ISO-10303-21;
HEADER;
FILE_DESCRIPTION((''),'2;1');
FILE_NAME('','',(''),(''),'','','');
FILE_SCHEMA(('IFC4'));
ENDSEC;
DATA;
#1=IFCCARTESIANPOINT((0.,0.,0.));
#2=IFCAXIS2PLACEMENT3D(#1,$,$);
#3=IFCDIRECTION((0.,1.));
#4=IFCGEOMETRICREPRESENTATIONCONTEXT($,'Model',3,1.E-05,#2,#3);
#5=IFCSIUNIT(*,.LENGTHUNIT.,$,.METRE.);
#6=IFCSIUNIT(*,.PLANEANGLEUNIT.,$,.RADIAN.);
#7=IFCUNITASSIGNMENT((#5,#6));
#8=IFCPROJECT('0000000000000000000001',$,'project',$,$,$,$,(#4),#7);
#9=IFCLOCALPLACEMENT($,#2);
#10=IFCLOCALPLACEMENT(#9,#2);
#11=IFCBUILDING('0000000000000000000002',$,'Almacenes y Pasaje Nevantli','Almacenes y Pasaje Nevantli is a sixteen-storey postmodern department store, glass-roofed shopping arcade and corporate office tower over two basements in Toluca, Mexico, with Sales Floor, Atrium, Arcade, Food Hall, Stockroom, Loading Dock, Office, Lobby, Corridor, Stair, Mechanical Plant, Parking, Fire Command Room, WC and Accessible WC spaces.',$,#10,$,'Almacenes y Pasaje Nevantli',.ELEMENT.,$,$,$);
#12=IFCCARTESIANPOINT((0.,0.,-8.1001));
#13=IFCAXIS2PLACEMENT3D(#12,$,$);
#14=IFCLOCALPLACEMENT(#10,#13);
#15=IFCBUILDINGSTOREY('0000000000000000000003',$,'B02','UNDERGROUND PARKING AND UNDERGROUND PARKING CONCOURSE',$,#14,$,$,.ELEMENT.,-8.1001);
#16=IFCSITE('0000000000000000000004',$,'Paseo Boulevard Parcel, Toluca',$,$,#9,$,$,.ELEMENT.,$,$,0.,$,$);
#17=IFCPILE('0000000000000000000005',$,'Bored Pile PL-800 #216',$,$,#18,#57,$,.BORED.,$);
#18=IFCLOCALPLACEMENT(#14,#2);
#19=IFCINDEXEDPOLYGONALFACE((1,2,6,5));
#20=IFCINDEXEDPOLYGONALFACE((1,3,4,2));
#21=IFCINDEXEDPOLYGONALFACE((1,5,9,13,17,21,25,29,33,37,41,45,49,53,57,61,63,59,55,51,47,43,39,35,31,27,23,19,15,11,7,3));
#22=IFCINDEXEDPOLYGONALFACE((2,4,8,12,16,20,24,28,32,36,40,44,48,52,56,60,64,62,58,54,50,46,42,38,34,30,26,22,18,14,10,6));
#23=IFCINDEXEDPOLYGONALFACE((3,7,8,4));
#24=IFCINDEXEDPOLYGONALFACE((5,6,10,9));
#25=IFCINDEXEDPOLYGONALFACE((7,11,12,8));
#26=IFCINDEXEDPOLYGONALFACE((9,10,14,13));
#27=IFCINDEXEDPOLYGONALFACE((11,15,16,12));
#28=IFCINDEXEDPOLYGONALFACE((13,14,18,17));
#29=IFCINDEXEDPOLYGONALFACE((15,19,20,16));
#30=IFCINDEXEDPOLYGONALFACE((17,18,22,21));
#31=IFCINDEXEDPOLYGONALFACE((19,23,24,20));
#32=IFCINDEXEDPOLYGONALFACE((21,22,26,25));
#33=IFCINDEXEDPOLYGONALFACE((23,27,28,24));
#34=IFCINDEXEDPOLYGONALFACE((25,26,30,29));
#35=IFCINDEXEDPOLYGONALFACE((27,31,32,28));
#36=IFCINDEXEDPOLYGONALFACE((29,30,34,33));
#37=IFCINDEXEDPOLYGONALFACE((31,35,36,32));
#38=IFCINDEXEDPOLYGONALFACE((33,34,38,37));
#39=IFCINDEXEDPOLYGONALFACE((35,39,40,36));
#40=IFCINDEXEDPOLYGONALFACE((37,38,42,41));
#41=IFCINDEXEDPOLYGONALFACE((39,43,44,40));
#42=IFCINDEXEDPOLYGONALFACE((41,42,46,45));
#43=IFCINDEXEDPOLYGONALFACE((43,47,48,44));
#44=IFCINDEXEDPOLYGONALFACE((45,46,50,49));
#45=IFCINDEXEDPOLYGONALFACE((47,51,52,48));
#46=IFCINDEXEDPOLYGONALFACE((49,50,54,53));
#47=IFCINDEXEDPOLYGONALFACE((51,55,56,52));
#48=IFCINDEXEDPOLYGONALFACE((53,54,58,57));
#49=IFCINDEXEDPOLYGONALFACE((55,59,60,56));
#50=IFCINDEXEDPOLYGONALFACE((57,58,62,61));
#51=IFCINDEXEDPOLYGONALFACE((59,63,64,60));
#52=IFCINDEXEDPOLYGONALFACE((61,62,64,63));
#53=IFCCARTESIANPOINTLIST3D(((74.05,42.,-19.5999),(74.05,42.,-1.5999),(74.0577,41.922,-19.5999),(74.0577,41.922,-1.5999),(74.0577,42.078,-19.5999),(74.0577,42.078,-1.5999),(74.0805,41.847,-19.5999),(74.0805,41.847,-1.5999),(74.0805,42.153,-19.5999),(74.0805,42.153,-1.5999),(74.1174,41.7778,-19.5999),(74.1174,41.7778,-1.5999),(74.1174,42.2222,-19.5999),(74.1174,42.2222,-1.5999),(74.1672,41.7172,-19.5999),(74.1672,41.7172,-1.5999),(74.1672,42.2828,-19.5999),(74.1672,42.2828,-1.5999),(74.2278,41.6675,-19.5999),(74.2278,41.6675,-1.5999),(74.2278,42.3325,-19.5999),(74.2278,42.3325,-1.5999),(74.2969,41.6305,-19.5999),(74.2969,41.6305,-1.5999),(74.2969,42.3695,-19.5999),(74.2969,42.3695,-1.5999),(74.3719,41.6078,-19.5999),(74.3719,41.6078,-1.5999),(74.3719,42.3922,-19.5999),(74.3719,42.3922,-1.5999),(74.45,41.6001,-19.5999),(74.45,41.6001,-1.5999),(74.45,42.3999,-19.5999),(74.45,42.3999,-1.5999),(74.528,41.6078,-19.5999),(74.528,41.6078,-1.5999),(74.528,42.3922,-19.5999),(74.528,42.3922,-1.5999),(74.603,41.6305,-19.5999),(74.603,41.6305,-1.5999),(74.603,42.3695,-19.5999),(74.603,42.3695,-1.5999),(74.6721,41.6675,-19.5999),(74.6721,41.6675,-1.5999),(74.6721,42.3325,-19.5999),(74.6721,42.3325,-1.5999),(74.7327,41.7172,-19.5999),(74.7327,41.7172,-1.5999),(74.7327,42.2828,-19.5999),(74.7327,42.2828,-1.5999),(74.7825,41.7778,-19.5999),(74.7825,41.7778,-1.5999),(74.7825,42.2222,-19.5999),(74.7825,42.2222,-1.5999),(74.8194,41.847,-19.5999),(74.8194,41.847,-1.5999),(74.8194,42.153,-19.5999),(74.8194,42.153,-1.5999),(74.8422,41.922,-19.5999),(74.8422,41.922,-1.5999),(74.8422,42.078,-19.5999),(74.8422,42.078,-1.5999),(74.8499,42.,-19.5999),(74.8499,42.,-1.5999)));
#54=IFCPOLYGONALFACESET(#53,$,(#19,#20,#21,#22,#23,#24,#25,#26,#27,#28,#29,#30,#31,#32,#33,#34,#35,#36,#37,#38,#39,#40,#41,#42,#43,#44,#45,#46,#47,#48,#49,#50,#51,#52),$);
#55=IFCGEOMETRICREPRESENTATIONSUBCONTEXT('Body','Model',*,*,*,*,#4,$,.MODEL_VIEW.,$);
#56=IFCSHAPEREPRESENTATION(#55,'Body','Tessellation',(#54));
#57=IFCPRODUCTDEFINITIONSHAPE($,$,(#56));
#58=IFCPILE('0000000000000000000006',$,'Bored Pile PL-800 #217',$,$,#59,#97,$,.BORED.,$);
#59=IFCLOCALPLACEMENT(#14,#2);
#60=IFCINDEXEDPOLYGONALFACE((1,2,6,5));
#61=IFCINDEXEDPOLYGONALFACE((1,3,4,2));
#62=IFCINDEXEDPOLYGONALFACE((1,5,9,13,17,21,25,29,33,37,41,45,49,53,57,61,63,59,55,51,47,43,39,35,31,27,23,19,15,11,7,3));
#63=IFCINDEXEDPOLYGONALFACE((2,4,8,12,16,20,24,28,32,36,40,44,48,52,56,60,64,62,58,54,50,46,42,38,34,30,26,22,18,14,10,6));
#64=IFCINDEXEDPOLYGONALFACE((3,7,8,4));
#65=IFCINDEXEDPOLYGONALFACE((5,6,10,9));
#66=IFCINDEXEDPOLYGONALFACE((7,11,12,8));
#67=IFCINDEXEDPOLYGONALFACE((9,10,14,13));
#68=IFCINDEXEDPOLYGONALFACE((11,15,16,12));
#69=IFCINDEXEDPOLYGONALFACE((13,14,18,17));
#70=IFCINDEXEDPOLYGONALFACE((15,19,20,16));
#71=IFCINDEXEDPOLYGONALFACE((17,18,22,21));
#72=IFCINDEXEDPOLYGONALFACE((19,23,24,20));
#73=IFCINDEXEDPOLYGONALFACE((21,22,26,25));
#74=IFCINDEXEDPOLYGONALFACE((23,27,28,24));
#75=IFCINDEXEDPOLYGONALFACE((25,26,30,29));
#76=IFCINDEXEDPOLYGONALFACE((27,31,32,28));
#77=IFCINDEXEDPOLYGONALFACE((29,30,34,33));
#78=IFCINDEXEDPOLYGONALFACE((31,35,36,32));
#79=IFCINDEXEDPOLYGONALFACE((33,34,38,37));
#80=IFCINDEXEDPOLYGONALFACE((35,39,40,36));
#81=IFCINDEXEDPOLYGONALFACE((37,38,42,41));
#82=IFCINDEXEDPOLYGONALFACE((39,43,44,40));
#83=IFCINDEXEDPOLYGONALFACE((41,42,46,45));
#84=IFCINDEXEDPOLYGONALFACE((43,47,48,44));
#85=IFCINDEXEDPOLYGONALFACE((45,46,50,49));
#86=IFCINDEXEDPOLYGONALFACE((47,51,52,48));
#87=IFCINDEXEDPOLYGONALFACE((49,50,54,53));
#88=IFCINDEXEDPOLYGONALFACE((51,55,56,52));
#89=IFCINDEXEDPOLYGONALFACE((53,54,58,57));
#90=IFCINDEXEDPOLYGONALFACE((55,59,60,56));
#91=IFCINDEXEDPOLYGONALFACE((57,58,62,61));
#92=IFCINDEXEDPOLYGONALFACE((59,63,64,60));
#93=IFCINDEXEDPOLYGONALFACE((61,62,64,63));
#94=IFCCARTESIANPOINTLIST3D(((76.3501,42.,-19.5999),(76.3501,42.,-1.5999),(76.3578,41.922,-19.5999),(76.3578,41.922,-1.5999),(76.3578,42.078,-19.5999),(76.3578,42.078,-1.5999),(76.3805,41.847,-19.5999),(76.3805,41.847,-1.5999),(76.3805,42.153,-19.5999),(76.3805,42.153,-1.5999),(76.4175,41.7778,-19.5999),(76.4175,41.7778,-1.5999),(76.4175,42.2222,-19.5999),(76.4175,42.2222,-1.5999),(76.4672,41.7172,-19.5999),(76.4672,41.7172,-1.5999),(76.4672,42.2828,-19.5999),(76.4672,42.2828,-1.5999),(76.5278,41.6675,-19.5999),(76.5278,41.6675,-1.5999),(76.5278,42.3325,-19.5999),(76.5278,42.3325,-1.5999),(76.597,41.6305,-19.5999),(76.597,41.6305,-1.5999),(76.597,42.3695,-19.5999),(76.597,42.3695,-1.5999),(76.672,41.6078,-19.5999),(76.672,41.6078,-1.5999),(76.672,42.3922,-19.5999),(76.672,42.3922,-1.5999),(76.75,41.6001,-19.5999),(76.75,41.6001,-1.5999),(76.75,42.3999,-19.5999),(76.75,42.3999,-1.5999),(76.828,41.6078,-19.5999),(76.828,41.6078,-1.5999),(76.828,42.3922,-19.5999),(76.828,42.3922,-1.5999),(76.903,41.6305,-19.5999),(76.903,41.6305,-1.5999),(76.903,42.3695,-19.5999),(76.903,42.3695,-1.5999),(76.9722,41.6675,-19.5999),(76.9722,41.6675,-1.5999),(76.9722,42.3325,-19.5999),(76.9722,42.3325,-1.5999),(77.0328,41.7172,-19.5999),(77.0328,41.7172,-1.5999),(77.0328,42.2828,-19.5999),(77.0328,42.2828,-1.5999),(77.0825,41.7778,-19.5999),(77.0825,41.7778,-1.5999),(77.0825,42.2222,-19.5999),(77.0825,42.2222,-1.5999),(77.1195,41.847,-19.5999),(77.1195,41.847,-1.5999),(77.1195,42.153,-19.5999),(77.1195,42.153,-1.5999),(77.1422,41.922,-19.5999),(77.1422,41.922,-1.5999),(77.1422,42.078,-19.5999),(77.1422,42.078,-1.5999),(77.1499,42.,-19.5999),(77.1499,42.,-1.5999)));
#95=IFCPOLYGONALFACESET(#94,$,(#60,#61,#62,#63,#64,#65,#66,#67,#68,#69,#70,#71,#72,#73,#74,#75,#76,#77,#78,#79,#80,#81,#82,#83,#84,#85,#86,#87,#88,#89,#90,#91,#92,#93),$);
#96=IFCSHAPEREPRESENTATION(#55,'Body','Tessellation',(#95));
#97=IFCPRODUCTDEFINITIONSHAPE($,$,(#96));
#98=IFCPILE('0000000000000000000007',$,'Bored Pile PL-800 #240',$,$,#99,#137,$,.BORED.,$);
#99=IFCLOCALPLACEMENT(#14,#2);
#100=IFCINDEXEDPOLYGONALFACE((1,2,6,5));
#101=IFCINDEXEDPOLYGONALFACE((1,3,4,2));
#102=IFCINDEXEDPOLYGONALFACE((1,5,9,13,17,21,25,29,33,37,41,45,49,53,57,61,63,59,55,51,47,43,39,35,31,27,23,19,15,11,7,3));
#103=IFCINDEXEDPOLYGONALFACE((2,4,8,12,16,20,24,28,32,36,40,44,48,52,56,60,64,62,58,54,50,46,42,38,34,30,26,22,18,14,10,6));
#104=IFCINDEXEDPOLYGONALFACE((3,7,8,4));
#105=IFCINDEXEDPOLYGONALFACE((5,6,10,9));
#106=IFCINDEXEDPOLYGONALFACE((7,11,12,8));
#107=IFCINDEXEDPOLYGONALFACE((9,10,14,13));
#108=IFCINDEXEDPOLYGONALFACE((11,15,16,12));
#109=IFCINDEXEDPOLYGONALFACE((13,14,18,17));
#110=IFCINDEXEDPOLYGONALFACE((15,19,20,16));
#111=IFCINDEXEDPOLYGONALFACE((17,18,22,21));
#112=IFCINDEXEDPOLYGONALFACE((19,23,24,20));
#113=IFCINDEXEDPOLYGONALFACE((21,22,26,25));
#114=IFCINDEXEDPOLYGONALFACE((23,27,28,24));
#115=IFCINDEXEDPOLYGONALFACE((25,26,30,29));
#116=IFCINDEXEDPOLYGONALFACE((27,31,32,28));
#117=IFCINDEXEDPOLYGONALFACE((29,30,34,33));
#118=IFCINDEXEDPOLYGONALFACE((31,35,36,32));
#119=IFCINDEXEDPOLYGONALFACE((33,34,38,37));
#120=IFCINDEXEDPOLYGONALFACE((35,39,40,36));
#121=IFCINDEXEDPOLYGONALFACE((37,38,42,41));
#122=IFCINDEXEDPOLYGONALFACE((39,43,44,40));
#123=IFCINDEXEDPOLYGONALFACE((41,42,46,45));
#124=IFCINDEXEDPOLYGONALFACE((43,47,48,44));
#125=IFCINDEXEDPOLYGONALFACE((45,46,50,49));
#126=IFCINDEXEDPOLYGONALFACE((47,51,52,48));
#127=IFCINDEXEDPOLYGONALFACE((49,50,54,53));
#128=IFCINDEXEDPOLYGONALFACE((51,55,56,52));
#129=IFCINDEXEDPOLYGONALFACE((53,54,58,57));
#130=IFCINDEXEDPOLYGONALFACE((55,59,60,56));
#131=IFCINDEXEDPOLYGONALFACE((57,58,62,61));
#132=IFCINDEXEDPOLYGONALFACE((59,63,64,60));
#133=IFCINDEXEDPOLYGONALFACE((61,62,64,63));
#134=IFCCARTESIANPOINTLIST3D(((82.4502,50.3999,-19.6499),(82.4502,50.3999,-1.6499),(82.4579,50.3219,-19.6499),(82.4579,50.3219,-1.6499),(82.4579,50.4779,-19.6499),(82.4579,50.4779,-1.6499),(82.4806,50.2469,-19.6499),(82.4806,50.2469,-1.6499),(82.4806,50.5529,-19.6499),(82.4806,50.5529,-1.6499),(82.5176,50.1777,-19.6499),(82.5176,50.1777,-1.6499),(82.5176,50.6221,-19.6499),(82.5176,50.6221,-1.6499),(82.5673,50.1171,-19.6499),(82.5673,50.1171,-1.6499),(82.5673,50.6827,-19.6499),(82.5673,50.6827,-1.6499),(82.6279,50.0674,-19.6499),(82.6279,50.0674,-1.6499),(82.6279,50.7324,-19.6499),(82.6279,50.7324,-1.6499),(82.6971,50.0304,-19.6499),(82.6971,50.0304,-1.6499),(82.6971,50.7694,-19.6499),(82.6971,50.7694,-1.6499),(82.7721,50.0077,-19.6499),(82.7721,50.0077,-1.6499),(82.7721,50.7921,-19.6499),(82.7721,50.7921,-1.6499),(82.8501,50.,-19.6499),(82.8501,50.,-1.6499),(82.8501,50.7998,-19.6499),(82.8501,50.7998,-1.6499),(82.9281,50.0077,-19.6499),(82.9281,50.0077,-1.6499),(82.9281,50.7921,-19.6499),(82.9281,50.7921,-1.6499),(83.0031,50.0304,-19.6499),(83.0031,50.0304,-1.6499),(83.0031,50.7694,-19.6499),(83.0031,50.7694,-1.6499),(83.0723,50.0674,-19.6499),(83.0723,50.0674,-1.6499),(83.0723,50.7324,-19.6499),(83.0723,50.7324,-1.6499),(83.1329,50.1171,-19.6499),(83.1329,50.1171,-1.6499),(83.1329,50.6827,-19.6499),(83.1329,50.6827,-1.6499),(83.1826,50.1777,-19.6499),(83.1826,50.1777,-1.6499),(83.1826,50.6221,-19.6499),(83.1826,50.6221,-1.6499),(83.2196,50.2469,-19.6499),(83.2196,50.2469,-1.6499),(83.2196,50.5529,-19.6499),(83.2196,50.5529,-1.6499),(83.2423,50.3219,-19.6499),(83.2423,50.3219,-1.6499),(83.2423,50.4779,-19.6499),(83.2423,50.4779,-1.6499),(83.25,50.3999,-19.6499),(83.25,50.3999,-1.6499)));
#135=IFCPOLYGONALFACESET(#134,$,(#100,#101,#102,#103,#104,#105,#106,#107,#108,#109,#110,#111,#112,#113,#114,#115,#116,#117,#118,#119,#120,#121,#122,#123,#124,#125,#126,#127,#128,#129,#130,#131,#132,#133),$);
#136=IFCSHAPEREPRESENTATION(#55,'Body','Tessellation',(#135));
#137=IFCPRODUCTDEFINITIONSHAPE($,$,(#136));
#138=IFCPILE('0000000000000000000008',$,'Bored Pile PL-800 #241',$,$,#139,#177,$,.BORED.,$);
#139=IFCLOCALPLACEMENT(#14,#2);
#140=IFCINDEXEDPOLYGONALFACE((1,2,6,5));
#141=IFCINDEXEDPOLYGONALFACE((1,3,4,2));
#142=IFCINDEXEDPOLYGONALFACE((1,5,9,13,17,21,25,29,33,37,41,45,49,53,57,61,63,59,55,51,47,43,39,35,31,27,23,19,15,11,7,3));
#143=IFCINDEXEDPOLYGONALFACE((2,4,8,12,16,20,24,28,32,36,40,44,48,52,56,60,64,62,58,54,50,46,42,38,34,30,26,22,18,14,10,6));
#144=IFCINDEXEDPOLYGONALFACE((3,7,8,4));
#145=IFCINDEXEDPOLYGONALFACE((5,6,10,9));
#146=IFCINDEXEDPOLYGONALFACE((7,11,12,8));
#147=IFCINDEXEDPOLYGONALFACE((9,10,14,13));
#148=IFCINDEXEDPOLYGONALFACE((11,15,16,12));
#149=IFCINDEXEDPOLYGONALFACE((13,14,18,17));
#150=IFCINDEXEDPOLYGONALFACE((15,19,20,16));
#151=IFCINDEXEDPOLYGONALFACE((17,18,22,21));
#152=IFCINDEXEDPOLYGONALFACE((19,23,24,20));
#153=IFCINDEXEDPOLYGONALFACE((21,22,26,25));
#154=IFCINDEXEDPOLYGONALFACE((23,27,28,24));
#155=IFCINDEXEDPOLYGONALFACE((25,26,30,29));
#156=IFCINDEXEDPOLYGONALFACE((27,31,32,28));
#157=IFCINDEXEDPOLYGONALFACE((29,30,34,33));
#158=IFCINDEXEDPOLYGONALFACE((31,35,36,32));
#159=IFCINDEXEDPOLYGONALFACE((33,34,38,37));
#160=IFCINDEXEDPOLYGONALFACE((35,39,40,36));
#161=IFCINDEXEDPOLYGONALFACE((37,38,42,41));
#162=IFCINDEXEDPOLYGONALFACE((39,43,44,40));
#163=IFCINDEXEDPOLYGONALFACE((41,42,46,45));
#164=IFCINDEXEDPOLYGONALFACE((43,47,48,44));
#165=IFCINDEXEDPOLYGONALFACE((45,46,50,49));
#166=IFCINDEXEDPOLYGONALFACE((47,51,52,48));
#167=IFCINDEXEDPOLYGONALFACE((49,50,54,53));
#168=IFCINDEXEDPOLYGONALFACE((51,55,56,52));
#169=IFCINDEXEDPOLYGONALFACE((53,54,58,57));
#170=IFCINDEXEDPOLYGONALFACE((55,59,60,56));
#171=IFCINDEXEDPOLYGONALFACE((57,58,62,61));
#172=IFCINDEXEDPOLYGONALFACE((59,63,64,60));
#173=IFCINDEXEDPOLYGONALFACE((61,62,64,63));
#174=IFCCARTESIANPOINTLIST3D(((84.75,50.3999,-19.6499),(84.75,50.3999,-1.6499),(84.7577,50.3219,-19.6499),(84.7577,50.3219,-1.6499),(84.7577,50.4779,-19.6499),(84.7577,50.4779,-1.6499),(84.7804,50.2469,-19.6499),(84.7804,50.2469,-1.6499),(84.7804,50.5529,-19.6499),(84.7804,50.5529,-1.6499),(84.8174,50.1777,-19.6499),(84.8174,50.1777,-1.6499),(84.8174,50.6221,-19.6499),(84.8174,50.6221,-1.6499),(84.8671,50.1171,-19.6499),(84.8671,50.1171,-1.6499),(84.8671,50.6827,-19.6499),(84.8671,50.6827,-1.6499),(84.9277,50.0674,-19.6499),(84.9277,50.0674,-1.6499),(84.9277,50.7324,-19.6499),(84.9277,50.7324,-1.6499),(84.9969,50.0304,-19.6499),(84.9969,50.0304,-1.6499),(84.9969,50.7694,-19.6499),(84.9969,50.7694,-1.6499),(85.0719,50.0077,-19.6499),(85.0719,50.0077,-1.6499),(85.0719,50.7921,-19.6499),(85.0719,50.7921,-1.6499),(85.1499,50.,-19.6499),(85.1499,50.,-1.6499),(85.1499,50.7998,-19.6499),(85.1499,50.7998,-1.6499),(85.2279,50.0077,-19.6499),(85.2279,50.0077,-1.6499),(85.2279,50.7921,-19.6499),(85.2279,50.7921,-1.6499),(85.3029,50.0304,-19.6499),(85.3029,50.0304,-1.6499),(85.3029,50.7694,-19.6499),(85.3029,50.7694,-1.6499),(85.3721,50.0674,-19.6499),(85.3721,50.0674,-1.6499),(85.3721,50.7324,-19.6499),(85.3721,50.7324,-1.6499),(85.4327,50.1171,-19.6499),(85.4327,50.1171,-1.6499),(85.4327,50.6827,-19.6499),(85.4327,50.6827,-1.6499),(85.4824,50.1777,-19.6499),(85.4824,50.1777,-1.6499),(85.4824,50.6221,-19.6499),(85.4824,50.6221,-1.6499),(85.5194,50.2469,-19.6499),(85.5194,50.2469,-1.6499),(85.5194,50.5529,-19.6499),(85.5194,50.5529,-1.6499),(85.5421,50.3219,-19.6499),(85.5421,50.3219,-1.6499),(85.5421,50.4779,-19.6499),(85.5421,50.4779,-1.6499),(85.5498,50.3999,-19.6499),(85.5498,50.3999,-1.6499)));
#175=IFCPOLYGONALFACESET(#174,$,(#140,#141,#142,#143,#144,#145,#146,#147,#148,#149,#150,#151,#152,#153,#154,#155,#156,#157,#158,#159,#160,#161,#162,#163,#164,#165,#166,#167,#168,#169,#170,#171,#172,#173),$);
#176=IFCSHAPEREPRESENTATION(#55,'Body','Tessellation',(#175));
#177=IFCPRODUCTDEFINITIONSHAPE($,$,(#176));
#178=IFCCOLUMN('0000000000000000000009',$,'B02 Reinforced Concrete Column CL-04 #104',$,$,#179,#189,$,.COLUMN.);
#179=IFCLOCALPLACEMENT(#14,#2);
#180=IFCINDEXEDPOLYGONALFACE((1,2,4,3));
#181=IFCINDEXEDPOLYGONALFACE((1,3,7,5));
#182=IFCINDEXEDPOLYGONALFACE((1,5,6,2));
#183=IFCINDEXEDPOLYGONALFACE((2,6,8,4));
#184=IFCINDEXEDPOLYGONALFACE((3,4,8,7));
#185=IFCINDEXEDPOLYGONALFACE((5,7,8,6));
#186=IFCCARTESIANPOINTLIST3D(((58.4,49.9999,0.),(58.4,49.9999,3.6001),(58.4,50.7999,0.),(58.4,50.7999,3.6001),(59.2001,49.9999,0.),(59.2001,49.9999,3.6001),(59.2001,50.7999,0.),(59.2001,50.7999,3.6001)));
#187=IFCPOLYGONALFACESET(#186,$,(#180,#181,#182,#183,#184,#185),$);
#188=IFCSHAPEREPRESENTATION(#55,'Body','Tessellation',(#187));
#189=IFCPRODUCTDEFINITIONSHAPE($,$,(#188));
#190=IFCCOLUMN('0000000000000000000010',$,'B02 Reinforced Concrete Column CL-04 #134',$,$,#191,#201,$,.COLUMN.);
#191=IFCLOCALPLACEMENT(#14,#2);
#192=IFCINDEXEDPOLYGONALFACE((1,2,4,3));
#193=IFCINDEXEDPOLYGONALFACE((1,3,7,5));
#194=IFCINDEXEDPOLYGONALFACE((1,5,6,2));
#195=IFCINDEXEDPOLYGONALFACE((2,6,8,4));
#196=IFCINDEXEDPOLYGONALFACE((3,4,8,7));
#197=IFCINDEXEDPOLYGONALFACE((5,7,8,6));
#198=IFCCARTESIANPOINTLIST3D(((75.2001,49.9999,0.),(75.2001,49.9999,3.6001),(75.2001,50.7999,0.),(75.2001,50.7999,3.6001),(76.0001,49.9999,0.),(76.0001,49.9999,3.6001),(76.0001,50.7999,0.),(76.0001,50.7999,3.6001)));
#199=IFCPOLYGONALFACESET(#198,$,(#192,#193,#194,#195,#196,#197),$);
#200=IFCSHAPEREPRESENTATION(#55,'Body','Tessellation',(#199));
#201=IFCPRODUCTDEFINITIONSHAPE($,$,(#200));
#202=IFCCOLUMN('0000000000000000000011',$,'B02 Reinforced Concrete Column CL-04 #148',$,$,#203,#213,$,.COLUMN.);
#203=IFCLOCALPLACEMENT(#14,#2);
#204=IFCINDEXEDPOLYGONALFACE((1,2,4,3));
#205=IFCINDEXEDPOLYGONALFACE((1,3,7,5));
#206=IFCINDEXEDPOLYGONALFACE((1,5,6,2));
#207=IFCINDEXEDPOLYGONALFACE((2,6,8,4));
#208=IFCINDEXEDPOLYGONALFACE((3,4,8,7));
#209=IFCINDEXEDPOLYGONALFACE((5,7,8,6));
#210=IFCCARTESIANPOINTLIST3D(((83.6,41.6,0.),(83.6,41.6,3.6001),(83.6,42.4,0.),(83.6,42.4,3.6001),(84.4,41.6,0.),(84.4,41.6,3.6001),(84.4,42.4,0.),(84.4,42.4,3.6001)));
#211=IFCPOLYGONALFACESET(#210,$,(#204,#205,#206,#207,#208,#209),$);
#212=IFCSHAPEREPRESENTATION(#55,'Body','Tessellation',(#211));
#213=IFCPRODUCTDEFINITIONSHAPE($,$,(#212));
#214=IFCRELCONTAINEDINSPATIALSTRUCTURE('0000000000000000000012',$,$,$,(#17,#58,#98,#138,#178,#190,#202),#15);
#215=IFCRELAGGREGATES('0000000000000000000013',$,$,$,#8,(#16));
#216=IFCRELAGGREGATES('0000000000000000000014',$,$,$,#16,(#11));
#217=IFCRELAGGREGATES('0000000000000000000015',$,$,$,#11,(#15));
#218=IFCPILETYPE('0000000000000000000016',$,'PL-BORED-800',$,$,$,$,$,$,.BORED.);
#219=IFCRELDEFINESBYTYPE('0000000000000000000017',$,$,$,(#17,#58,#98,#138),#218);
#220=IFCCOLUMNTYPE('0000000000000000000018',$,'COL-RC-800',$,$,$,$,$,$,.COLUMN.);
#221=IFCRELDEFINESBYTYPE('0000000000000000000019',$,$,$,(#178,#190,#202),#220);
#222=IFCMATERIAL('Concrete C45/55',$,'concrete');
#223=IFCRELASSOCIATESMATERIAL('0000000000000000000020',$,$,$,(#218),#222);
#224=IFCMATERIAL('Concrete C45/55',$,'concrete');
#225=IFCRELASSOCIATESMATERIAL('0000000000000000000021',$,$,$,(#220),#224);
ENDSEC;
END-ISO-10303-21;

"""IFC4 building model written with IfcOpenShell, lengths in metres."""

from ifc_helpers import new_model, si_unit, direction, frame, origin, origin_2d, place, context, subcontext, project, spatial, rectangle, circle, extrude, material, material_profile, profile_set, type_object, element, save


model = new_model("IFC4")

# Units and contexts
model_context = context("Model", 3, precision=1e-05, world=origin(), true_north=direction((0.0, 1.0)))
body_context = subcontext(model_context, "Body", "Model", "MODEL_VIEW")
ifc_project = project(units=[si_unit("LENGTHUNIT", "METRE"), si_unit("PLANEANGLEUNIT", "RADIAN")], contexts=[model_context])

# Site, building, storey
site_placement = place(None, origin())
site = spatial("IfcSite", under=ifc_project, at=site_placement, Name="Paseo Boulevard Parcel, Toluca", CompositionType="ELEMENT", RefElevation=0.0)
building_placement = place(site_placement, origin())
building = spatial("IfcBuilding", under=site, at=building_placement, Name="Almacenes y Pasaje Nevantli", Description="Almacenes y Pasaje Nevantli is a sixteen-storey postmodern department store, glass-roofed shopping arcade and corporate office tower over two basements in Toluca, Mexico, with Sales Floor, Atrium, Arcade, Food Hall, Stockroom, Loading Dock, Office, Lobby, Corridor, Stair, Mechanical Plant, Parking, Fire Command Room, WC and Accessible WC spaces.", LongName="Almacenes y Pasaje Nevantli", CompositionType="ELEMENT")
storey_placement = place(building_placement, frame((0.0, 0.0, -8.1001)))
storey = spatial("IfcBuildingStorey", under=building, at=storey_placement, Name="B02", Description="UNDERGROUND PARKING AND UNDERGROUND PARKING CONCOURSE", CompositionType="ELEMENT", Elevation=-8.1001)

# Piles
ifc_material_1 = material(Name="Concrete C45/55", Category="concrete")
ifc_material_profile_1 = material_profile(ifc_material_1, circle(Radius=0.3999, at=origin_2d()), Name="RC-PILE-D800")
ifc_profile_set_1 = profile_set([ifc_material_profile_1], Name="Concrete C45/55")
pile_type_1 = type_object("IfcPileType", Name="PL-BORED-800", PredefinedType="BORED", material=ifc_profile_set_1)
for number, where, z_axis, x_axis, name in (
    (1, (74.45, 42.0, -1.5999), (0.0, 0.0, -1.0), (1.0, 0.0, 0.0), "Bored Pile PL-800 #216"),
    (2, (76.75, 42.0, -1.5999), (0.0, 0.0, -1.0), (1.0, 0.0, 0.0), "Bored Pile PL-800 #217"),
    (3, (82.8501, 50.3999, -1.6499), (0.0, 0.0, -1.0), (1.0, 0.0, 0.0), "Bored Pile PL-800 #240"),
    (4, (85.1499, 50.3999, -1.6499), (0.0, 0.0, -1.0), (1.0, 0.0, 0.0), "Bored Pile PL-800 #241"),
):
    element("IfcPile", number, at=place(storey_placement, frame(where, z_axis=z_axis, x_axis=x_axis)), inside=storey, type_object=pile_type_1, Name=name, PredefinedType="BORED", context=body_context, shape_type="SweptSolid", body=[
        extrude(circle(Radius=0.3999, at=origin_2d()), origin(), (0.0, 0.0, 1.0), 18.0),
    ])

# Columns
ifc_material_2 = material(Name="Concrete C45/55", Category="concrete")
ifc_material_profile_2 = material_profile(ifc_material_2, rectangle(XDim=0.8, YDim=0.8, at=origin_2d()), Name="RC-COL-800x800")
ifc_profile_set_2 = profile_set([ifc_material_profile_2], Name="Concrete C45/55")
column_type_1 = type_object("IfcColumnType", Name="COL-RC-800", PredefinedType="COLUMN", material=ifc_profile_set_2)
for number, where, z_axis, x_axis, name in (
    (5, (58.8, 50.3999, 0.0), (0.0, 0.0, 1.0), (1.0, 0.0, 0.0), "B02 Reinforced Concrete Column CL-04 #104"),
    (6, (75.6001, 50.3999, 0.0), (0.0, 0.0, 1.0), (1.0, 0.0, 0.0), "B02 Reinforced Concrete Column CL-04 #134"),
    (7, (84.0, 42.0, 0.0), (0.0, 0.0, 1.0), (1.0, 0.0, 0.0), "B02 Reinforced Concrete Column CL-04 #148"),
):
    element("IfcColumn", number, at=place(storey_placement, frame(where, z_axis=z_axis, x_axis=x_axis)), inside=storey, type_object=column_type_1, Name=name, PredefinedType="COLUMN", context=body_context, shape_type="SweptSolid", body=[
        extrude(rectangle(XDim=0.8, YDim=0.8, at=origin_2d()), origin(), (0.0, 0.0, 1.0), 3.6001),
    ])

save(model, "model.ifc")
